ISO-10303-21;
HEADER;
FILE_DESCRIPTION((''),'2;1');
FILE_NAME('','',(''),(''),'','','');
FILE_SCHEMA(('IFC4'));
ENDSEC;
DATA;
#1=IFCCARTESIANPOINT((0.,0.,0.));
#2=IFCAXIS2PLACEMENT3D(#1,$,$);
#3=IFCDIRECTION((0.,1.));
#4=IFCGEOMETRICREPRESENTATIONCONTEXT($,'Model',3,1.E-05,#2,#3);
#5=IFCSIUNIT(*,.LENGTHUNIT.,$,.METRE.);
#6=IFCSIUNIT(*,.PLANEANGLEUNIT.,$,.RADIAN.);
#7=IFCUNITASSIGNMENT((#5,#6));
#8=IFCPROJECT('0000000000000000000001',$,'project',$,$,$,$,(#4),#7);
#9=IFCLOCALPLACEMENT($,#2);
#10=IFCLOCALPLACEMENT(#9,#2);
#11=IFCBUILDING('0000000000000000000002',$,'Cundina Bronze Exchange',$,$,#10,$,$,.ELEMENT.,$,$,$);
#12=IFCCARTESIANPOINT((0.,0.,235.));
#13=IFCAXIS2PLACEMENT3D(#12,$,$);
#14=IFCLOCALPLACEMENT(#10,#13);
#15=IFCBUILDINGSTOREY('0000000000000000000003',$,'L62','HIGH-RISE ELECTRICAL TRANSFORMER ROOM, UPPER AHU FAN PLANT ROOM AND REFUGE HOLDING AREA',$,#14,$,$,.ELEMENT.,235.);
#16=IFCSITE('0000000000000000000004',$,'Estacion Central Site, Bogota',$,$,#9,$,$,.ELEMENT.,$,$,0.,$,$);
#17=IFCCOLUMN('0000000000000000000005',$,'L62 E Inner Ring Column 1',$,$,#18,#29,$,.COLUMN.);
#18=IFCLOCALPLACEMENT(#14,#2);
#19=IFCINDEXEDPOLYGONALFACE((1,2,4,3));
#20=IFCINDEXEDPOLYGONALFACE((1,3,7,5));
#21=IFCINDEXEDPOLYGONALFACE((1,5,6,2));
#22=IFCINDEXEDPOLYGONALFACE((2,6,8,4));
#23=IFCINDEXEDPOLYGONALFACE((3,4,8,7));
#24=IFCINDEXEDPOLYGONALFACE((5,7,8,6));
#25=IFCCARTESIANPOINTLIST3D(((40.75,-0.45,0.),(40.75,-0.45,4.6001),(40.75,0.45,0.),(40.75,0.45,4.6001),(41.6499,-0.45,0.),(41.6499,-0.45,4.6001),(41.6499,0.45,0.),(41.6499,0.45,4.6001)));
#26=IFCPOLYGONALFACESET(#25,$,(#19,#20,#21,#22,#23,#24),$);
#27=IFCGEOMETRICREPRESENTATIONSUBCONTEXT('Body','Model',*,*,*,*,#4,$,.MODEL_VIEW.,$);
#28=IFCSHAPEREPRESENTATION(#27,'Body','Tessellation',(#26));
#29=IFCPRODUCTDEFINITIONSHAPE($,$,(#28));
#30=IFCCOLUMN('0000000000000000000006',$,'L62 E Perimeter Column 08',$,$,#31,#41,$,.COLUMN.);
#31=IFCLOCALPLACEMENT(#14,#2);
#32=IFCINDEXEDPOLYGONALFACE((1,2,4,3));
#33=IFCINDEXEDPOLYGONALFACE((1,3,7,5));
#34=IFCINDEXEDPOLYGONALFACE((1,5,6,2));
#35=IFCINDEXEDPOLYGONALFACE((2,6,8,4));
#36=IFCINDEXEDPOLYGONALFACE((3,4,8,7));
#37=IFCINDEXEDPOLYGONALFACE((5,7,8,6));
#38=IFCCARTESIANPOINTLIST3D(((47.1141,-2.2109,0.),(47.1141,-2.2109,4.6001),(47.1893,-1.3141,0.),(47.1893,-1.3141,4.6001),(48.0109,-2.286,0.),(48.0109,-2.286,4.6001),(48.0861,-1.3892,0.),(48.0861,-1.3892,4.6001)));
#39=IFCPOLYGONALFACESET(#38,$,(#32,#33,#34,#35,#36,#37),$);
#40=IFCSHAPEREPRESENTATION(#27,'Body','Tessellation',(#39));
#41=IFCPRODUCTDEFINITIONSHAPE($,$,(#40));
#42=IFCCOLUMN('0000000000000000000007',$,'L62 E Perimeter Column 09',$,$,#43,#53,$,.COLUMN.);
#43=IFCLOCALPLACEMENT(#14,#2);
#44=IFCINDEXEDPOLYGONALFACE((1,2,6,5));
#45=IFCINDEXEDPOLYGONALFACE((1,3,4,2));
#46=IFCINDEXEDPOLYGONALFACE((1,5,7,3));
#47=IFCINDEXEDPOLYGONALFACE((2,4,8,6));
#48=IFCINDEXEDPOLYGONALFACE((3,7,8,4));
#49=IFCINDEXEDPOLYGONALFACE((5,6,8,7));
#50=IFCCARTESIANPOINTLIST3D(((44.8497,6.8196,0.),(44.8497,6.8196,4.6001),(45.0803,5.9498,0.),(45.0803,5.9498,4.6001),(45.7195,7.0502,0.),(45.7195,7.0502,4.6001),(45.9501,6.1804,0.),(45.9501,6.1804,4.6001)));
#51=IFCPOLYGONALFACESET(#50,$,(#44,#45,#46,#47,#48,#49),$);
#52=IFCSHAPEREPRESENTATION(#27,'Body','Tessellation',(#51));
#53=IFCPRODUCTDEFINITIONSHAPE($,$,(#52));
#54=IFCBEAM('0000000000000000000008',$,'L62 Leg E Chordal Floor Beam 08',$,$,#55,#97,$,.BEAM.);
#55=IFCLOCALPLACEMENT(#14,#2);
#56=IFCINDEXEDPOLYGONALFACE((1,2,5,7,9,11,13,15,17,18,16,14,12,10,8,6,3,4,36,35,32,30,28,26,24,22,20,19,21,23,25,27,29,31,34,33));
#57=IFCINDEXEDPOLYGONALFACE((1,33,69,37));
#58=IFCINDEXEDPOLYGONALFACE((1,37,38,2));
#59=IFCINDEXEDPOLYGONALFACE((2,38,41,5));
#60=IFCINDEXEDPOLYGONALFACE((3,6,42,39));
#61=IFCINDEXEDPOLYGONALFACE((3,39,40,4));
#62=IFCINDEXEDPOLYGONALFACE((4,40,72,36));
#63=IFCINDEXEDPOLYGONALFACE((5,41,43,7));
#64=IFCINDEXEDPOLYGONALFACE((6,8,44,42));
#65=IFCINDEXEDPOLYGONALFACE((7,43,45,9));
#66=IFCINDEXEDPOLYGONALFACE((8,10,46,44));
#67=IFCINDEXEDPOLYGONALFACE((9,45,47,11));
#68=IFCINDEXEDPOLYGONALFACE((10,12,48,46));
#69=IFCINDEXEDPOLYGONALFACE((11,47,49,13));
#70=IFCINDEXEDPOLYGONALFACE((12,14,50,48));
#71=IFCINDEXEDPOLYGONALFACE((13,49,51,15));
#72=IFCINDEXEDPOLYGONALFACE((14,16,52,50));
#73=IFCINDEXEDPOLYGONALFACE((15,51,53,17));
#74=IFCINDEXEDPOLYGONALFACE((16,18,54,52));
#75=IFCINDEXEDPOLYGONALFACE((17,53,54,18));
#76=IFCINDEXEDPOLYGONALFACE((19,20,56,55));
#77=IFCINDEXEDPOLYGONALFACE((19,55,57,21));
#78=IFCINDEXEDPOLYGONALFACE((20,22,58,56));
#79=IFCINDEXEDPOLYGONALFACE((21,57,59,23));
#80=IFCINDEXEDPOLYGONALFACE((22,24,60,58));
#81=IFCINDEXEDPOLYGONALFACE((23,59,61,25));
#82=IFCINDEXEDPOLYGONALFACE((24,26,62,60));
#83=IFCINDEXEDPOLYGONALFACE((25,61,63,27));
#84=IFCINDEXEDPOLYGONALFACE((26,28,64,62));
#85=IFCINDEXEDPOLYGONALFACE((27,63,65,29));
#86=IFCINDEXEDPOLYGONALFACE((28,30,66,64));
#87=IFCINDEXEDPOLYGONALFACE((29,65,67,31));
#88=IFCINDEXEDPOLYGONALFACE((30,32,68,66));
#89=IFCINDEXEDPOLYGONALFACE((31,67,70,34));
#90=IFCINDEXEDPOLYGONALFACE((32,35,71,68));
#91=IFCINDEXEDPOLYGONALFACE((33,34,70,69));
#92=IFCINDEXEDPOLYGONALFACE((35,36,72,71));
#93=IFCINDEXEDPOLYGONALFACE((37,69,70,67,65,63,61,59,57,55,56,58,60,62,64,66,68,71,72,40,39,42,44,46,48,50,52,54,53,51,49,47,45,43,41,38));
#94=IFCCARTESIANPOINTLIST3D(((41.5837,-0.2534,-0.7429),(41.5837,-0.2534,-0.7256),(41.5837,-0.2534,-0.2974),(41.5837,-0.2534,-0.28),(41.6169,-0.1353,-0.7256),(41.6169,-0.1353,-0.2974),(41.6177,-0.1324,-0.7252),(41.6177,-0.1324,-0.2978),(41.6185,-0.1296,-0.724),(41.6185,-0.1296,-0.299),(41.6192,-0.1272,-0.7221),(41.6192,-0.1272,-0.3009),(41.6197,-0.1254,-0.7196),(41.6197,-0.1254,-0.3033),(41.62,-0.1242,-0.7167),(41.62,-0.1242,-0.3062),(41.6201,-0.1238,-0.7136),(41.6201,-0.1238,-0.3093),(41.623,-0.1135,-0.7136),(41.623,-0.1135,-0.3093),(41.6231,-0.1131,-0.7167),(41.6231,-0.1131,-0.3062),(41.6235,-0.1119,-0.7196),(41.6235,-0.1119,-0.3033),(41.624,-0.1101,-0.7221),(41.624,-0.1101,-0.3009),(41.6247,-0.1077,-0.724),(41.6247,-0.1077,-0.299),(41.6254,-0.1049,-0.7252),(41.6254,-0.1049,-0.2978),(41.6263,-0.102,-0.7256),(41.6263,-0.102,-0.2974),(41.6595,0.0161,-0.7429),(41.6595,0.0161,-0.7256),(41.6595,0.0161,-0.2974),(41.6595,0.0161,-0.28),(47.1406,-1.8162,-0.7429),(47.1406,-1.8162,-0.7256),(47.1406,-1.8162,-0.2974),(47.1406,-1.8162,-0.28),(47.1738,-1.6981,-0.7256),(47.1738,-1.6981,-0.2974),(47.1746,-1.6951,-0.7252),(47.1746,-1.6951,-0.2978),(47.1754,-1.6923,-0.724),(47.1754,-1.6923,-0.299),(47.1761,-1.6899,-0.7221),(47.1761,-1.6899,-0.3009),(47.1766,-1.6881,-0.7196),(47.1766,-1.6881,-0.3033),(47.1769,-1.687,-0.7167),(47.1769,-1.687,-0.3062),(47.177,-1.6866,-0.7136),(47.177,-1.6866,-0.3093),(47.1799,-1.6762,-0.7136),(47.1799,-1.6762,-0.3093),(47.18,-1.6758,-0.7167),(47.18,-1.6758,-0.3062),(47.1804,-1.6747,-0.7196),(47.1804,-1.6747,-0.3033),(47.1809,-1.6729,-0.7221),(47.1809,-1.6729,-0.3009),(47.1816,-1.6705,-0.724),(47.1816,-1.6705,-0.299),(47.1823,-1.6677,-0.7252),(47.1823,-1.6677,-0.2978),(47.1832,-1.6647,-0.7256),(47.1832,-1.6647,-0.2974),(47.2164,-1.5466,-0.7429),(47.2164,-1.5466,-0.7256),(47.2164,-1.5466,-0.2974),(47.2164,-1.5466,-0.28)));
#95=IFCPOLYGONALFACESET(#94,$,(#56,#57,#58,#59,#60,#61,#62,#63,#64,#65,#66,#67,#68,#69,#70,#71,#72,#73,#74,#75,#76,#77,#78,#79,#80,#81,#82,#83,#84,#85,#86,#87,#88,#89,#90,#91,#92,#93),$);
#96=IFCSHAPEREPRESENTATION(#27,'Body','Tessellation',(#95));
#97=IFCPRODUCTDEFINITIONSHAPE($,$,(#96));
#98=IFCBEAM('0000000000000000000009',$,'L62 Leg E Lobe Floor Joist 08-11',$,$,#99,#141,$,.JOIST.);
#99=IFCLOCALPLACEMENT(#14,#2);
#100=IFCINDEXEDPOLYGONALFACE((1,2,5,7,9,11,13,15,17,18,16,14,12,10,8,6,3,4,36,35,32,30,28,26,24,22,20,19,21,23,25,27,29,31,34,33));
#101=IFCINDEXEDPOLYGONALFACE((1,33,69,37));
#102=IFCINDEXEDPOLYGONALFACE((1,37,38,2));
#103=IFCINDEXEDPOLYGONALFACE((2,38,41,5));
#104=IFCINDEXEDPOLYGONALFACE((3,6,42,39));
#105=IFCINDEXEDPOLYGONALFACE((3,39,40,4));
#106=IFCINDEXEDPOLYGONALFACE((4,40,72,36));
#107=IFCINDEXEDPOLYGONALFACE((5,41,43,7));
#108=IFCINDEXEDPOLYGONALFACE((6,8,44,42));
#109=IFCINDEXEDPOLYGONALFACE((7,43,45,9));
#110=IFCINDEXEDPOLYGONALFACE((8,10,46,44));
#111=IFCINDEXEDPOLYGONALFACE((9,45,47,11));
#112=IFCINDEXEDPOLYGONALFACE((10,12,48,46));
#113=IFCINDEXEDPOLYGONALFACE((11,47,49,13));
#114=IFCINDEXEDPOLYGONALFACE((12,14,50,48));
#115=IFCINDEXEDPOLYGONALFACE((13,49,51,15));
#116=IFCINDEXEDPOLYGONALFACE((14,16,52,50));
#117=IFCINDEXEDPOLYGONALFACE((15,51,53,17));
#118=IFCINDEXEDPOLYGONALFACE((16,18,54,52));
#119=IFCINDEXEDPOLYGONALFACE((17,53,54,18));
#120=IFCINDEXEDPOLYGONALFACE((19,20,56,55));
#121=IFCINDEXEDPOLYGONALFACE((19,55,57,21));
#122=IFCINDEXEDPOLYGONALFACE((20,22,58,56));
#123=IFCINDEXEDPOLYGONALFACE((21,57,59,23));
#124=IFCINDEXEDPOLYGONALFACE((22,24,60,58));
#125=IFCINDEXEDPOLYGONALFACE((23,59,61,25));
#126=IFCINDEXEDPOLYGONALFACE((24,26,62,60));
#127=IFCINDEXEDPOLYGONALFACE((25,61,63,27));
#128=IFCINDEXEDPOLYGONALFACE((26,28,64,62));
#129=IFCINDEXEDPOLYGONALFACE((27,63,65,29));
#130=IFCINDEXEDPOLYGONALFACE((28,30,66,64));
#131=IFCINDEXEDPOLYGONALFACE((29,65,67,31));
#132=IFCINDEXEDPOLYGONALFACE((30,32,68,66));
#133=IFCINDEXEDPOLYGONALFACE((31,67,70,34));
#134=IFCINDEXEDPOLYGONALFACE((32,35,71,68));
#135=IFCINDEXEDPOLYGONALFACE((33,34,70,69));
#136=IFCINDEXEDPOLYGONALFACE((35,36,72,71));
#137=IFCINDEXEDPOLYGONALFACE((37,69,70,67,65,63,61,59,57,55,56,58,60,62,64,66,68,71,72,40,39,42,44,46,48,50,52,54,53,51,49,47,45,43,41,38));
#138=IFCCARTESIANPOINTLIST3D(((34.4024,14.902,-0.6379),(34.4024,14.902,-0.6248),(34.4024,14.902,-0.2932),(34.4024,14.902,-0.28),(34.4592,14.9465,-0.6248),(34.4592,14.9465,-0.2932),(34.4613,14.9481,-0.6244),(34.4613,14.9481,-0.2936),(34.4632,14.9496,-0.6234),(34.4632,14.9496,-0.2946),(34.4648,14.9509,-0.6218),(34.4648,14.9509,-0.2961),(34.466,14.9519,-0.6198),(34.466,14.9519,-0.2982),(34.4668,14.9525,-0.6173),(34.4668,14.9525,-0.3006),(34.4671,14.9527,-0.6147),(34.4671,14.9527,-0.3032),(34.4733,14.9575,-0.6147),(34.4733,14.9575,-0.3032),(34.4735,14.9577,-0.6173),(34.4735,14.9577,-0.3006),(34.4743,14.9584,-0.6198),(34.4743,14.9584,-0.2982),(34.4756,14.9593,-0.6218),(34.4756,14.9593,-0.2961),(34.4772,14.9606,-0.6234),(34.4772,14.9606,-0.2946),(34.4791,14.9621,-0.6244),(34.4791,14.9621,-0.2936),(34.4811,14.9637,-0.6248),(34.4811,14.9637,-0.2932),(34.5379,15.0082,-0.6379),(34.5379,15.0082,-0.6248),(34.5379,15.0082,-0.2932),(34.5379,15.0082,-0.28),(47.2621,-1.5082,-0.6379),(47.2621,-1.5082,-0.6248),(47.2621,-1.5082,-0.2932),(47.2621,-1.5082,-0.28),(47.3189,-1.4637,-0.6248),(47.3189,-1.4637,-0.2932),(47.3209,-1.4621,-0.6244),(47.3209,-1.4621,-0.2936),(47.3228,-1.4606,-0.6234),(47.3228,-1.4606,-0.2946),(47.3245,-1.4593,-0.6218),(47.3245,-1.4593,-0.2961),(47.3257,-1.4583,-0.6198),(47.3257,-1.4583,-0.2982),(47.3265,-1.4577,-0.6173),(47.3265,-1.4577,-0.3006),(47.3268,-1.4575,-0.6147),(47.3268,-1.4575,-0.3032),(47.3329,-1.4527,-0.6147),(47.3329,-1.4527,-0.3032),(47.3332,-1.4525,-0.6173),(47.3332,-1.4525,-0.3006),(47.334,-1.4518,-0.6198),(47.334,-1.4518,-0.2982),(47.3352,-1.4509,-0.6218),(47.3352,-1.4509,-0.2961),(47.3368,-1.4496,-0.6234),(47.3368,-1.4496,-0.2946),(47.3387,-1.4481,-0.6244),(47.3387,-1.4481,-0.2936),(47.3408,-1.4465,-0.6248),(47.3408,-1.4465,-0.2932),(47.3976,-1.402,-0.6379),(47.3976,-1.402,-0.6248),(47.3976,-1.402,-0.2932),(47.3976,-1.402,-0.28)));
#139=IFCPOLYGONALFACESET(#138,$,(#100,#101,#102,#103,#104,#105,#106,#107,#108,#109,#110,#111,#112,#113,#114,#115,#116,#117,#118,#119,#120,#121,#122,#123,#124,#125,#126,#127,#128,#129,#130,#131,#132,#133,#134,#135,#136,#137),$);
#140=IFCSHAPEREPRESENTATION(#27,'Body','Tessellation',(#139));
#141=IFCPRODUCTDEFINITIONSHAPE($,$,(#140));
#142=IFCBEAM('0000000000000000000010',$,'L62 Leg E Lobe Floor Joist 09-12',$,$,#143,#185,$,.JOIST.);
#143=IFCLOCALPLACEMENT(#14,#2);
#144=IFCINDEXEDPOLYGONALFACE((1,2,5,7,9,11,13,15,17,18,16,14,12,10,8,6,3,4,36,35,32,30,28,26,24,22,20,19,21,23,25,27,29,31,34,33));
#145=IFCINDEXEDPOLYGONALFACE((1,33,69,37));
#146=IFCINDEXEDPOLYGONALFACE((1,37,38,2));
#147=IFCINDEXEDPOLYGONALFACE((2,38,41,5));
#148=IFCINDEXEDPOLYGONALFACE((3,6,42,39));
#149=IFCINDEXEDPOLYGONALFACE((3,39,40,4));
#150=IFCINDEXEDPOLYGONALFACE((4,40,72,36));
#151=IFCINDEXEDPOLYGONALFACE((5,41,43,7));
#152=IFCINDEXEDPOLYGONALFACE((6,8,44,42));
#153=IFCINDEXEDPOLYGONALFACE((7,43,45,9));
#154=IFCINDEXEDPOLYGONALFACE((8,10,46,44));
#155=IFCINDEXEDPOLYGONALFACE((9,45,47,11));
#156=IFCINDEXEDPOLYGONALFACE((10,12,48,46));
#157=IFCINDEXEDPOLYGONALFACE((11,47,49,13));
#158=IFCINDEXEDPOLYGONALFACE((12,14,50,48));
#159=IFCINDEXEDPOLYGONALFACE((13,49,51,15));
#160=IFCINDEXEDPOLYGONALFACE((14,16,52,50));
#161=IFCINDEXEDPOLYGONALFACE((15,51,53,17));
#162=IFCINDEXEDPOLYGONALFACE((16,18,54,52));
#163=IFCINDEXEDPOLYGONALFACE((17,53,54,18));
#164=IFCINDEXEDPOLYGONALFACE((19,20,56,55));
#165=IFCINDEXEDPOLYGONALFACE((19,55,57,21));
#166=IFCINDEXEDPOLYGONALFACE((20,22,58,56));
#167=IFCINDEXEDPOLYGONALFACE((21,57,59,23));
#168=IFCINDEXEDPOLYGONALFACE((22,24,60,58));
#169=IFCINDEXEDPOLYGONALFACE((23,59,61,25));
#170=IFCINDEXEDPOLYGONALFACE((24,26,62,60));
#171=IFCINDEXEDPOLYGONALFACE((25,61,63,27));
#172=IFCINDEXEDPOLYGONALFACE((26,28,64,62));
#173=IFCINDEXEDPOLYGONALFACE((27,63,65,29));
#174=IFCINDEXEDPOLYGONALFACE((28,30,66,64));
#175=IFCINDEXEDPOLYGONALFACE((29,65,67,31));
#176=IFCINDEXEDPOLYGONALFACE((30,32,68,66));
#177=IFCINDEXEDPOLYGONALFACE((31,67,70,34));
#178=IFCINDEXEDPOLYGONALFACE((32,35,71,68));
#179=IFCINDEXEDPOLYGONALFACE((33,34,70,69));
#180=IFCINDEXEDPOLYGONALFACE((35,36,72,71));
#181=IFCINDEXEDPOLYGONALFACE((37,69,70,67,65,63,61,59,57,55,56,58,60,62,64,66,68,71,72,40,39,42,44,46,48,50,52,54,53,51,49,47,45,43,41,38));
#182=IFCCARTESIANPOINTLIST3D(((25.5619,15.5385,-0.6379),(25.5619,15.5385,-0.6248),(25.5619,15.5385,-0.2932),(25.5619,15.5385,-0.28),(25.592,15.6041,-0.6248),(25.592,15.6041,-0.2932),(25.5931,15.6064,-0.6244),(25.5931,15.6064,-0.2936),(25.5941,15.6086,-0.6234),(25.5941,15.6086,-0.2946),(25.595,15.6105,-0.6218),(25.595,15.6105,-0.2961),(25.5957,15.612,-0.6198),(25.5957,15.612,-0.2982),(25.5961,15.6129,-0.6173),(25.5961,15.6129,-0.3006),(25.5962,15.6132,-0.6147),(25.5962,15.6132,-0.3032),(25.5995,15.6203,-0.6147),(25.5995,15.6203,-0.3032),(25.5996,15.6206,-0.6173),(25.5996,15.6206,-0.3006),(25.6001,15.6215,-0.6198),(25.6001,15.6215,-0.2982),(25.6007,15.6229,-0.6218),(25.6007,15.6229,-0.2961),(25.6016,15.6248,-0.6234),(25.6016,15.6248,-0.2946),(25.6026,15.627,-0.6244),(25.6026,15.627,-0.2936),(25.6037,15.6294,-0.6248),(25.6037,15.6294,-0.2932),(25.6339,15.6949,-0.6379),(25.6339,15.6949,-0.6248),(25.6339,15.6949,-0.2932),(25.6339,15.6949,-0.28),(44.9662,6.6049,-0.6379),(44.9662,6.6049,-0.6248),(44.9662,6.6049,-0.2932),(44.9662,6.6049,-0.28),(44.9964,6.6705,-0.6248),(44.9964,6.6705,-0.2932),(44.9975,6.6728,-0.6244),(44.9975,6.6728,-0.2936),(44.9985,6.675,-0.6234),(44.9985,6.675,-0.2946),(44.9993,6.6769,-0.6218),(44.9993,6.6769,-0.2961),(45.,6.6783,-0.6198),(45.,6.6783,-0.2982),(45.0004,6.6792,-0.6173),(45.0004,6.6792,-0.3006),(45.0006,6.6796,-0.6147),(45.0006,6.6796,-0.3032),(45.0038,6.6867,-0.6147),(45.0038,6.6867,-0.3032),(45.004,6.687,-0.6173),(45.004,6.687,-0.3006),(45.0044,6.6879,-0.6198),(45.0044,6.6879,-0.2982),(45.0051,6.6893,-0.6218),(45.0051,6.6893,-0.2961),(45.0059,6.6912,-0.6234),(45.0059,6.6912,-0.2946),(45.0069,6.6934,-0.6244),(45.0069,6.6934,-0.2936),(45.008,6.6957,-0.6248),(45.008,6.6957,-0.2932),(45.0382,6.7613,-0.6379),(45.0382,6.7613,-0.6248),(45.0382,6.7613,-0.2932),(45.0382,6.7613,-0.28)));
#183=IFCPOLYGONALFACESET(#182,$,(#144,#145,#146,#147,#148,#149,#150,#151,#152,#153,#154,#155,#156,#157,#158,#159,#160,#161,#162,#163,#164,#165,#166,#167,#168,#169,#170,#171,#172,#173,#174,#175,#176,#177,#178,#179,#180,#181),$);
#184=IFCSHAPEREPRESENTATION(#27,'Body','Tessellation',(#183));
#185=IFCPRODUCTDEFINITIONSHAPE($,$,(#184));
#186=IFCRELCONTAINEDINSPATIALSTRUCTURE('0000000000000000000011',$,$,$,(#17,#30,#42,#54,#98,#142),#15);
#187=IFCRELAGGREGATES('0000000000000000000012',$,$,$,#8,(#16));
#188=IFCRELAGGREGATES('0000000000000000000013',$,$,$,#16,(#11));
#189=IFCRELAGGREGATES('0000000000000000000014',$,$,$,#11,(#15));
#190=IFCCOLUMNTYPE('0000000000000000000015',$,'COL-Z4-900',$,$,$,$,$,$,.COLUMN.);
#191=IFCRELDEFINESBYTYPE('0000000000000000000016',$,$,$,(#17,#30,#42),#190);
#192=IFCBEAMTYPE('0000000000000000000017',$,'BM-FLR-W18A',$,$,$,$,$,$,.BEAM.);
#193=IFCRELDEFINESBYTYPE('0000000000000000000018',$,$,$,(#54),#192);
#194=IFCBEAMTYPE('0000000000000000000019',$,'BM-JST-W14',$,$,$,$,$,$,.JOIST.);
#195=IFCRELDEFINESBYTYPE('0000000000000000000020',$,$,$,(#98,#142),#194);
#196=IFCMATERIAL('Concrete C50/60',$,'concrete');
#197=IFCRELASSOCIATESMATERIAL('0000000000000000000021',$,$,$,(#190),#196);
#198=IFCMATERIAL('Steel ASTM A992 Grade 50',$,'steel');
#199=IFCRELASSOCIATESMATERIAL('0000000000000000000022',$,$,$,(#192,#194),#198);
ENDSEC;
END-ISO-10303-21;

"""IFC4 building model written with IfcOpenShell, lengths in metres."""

from ifc_helpers import new_model, si_unit, direction, frame, origin, origin_2d, place, context, subcontext, project, spatial, rectangle, i_section, extrude, material, material_profile, profile_set, type_object, element, save


model = new_model("IFC4")

# Units and contexts
model_context = context("Model", 3, precision=1e-05, world=origin(), true_north=direction((0.0, 1.0)))
body_context = subcontext(model_context, "Body", "Model", "MODEL_VIEW")
ifc_project = project(units=[si_unit("LENGTHUNIT", "METRE"), si_unit("PLANEANGLEUNIT", "RADIAN")], contexts=[model_context])

# Site, building, storey
site_placement = place(None, origin())
site = spatial("IfcSite", under=ifc_project, at=site_placement, Name="Estacion Central Site, Bogota", CompositionType="ELEMENT", RefElevation=0.0)
building_placement = place(site_placement, origin())
building = spatial("IfcBuilding", under=site, at=building_placement, Name="Cundina Bronze Exchange", CompositionType="ELEMENT")
storey_placement = place(building_placement, frame((0.0, 0.0, 235.0)))
storey = spatial("IfcBuildingStorey", under=building, at=storey_placement, Name="L62", Description="HIGH-RISE ELECTRICAL TRANSFORMER ROOM, UPPER AHU FAN PLANT ROOM AND REFUGE HOLDING AREA", CompositionType="ELEMENT", Elevation=235.0)

# Columns
ifc_material_1 = material(Name="Concrete C50/60", Category="concrete")
ifc_material_profile_1 = material_profile(ifc_material_1, rectangle(XDim=0.8999, YDim=0.8999, at=origin_2d()), Name="RC900X900", Category="concrete")
ifc_profile_set_1 = profile_set([ifc_material_profile_1], Name="Concrete C50/60")
column_type = type_object("IfcColumnType", Name="COL-Z4-900", PredefinedType="COLUMN", material=ifc_profile_set_1)
for number, where, z_axis, x_axis, name in (
    (1, (41.2, 0.0, 0.0), (0.0, 0.0, 1.0), (1.0, 0.0, 0.0), "L62 E Inner Ring Column 1"),
    (2, (47.6001, -1.8, 0.0), (0.0, 0.0, 1.0), (0.083504, 0.996507, 0.0), "L62 E Perimeter Column 08"),
    (3, (45.3999, 6.5, 0.0), (0.0, 0.0, 1.0), (-0.256289, 0.9666, 0.0), "L62 E Perimeter Column 09"),
):
    element("IfcColumn", number, at=place(storey_placement, frame(where, z_axis=z_axis, x_axis=x_axis)), inside=storey, type_object=column_type, Name=name, PredefinedType="COLUMN", context=body_context, shape_type="SweptSolid", body=[
        extrude(rectangle(XDim=0.8999, YDim=0.8999, at=origin_2d()), origin(), (0.0, 0.0, 1.0), 4.6001),
    ])

# Beams
ifc_material_2 = material(Name="Steel ASTM A992 Grade 50", Category="steel")
ifc_material_profile_2 = material_profile(ifc_material_2, i_section(OverallWidth=0.28, OverallDepth=0.4629, WebThickness=0.0107, FlangeThickness=0.0173, FilletRadius=0.012, at=origin_2d()), Name="W18X76", Category="steel")
ifc_profile_set_2 = profile_set([ifc_material_profile_2], Name="Steel ASTM A992 Grade 50")
beam_type_1 = type_object("IfcBeamType", Name="BM-FLR-W18A", PredefinedType="BEAM", material=ifc_profile_set_2)
beam_1_placement = place(storey_placement, frame((41.6216, -0.1187, -0.5115), z_axis=(0.962657, -0.270725, 0.0), x_axis=(0.270725, 0.962657, 0.0)))
element("IfcBeam", 4, at=beam_1_placement, inside=storey, type_object=beam_type_1, Name="L62 Leg E Chordal Floor Beam 08", PredefinedType="BEAM", context=body_context, shape_type="SweptSolid", body=[
    extrude(i_section(OverallWidth=0.28, OverallDepth=0.4629, WebThickness=0.0107, FlangeThickness=0.0173, FilletRadius=0.012, at=origin_2d()), origin(), (0.0, 0.0, 1.0), 5.7725),
])
ifc_material_profile_3 = material_profile(ifc_material_2, i_section(OverallWidth=0.1721, OverallDepth=0.3579, WebThickness=0.0078, FlangeThickness=0.0132, FilletRadius=0.01, at=origin_2d()), Name="W14X38", Category="steel")
ifc_profile_set_3 = profile_set([ifc_material_profile_3], Name="Steel ASTM A992 Grade 50")
beam_type_2 = type_object("IfcBeamType", Name="BM-JST-W14", PredefinedType="JOIST", material=ifc_profile_set_3)
beam_2_placement = place(storey_placement, frame((47.3298, -1.4551, -0.459), z_axis=(-0.61681, 0.787112, 0.0), x_axis=(-0.787112, -0.61681, 0.0)))
element("IfcBeam", 5, at=beam_2_placement, inside=storey, type_object=beam_type_2, Name="L62 Leg E Lobe Floor Joist 08-11", PredefinedType="JOIST", context=body_context, shape_type="SweptSolid", body=[
    extrude(i_section(OverallWidth=0.1721, OverallDepth=0.3579, WebThickness=0.0078, FlangeThickness=0.0132, FilletRadius=0.01, at=origin_2d()), origin(), (0.0, 0.0, 1.0), 20.8486),
])
beam_3_placement = place(storey_placement, frame((45.0022, 6.6831, -0.459), z_axis=(-0.908355, 0.4182, 0.0), x_axis=(-0.4182, -0.908355, 0.0)))
element("IfcBeam", 6, at=beam_3_placement, inside=storey, type_object=beam_type_2, Name="L62 Leg E Lobe Floor Joist 09-12", PredefinedType="JOIST", context=body_context, shape_type="SweptSolid", body=[
    extrude(i_section(OverallWidth=0.1721, OverallDepth=0.3579, WebThickness=0.0078, FlangeThickness=0.0132, FilletRadius=0.01, at=origin_2d()), origin(), (0.0, 0.0, 1.0), 21.3621),
])

save(model, "model.ifc")
